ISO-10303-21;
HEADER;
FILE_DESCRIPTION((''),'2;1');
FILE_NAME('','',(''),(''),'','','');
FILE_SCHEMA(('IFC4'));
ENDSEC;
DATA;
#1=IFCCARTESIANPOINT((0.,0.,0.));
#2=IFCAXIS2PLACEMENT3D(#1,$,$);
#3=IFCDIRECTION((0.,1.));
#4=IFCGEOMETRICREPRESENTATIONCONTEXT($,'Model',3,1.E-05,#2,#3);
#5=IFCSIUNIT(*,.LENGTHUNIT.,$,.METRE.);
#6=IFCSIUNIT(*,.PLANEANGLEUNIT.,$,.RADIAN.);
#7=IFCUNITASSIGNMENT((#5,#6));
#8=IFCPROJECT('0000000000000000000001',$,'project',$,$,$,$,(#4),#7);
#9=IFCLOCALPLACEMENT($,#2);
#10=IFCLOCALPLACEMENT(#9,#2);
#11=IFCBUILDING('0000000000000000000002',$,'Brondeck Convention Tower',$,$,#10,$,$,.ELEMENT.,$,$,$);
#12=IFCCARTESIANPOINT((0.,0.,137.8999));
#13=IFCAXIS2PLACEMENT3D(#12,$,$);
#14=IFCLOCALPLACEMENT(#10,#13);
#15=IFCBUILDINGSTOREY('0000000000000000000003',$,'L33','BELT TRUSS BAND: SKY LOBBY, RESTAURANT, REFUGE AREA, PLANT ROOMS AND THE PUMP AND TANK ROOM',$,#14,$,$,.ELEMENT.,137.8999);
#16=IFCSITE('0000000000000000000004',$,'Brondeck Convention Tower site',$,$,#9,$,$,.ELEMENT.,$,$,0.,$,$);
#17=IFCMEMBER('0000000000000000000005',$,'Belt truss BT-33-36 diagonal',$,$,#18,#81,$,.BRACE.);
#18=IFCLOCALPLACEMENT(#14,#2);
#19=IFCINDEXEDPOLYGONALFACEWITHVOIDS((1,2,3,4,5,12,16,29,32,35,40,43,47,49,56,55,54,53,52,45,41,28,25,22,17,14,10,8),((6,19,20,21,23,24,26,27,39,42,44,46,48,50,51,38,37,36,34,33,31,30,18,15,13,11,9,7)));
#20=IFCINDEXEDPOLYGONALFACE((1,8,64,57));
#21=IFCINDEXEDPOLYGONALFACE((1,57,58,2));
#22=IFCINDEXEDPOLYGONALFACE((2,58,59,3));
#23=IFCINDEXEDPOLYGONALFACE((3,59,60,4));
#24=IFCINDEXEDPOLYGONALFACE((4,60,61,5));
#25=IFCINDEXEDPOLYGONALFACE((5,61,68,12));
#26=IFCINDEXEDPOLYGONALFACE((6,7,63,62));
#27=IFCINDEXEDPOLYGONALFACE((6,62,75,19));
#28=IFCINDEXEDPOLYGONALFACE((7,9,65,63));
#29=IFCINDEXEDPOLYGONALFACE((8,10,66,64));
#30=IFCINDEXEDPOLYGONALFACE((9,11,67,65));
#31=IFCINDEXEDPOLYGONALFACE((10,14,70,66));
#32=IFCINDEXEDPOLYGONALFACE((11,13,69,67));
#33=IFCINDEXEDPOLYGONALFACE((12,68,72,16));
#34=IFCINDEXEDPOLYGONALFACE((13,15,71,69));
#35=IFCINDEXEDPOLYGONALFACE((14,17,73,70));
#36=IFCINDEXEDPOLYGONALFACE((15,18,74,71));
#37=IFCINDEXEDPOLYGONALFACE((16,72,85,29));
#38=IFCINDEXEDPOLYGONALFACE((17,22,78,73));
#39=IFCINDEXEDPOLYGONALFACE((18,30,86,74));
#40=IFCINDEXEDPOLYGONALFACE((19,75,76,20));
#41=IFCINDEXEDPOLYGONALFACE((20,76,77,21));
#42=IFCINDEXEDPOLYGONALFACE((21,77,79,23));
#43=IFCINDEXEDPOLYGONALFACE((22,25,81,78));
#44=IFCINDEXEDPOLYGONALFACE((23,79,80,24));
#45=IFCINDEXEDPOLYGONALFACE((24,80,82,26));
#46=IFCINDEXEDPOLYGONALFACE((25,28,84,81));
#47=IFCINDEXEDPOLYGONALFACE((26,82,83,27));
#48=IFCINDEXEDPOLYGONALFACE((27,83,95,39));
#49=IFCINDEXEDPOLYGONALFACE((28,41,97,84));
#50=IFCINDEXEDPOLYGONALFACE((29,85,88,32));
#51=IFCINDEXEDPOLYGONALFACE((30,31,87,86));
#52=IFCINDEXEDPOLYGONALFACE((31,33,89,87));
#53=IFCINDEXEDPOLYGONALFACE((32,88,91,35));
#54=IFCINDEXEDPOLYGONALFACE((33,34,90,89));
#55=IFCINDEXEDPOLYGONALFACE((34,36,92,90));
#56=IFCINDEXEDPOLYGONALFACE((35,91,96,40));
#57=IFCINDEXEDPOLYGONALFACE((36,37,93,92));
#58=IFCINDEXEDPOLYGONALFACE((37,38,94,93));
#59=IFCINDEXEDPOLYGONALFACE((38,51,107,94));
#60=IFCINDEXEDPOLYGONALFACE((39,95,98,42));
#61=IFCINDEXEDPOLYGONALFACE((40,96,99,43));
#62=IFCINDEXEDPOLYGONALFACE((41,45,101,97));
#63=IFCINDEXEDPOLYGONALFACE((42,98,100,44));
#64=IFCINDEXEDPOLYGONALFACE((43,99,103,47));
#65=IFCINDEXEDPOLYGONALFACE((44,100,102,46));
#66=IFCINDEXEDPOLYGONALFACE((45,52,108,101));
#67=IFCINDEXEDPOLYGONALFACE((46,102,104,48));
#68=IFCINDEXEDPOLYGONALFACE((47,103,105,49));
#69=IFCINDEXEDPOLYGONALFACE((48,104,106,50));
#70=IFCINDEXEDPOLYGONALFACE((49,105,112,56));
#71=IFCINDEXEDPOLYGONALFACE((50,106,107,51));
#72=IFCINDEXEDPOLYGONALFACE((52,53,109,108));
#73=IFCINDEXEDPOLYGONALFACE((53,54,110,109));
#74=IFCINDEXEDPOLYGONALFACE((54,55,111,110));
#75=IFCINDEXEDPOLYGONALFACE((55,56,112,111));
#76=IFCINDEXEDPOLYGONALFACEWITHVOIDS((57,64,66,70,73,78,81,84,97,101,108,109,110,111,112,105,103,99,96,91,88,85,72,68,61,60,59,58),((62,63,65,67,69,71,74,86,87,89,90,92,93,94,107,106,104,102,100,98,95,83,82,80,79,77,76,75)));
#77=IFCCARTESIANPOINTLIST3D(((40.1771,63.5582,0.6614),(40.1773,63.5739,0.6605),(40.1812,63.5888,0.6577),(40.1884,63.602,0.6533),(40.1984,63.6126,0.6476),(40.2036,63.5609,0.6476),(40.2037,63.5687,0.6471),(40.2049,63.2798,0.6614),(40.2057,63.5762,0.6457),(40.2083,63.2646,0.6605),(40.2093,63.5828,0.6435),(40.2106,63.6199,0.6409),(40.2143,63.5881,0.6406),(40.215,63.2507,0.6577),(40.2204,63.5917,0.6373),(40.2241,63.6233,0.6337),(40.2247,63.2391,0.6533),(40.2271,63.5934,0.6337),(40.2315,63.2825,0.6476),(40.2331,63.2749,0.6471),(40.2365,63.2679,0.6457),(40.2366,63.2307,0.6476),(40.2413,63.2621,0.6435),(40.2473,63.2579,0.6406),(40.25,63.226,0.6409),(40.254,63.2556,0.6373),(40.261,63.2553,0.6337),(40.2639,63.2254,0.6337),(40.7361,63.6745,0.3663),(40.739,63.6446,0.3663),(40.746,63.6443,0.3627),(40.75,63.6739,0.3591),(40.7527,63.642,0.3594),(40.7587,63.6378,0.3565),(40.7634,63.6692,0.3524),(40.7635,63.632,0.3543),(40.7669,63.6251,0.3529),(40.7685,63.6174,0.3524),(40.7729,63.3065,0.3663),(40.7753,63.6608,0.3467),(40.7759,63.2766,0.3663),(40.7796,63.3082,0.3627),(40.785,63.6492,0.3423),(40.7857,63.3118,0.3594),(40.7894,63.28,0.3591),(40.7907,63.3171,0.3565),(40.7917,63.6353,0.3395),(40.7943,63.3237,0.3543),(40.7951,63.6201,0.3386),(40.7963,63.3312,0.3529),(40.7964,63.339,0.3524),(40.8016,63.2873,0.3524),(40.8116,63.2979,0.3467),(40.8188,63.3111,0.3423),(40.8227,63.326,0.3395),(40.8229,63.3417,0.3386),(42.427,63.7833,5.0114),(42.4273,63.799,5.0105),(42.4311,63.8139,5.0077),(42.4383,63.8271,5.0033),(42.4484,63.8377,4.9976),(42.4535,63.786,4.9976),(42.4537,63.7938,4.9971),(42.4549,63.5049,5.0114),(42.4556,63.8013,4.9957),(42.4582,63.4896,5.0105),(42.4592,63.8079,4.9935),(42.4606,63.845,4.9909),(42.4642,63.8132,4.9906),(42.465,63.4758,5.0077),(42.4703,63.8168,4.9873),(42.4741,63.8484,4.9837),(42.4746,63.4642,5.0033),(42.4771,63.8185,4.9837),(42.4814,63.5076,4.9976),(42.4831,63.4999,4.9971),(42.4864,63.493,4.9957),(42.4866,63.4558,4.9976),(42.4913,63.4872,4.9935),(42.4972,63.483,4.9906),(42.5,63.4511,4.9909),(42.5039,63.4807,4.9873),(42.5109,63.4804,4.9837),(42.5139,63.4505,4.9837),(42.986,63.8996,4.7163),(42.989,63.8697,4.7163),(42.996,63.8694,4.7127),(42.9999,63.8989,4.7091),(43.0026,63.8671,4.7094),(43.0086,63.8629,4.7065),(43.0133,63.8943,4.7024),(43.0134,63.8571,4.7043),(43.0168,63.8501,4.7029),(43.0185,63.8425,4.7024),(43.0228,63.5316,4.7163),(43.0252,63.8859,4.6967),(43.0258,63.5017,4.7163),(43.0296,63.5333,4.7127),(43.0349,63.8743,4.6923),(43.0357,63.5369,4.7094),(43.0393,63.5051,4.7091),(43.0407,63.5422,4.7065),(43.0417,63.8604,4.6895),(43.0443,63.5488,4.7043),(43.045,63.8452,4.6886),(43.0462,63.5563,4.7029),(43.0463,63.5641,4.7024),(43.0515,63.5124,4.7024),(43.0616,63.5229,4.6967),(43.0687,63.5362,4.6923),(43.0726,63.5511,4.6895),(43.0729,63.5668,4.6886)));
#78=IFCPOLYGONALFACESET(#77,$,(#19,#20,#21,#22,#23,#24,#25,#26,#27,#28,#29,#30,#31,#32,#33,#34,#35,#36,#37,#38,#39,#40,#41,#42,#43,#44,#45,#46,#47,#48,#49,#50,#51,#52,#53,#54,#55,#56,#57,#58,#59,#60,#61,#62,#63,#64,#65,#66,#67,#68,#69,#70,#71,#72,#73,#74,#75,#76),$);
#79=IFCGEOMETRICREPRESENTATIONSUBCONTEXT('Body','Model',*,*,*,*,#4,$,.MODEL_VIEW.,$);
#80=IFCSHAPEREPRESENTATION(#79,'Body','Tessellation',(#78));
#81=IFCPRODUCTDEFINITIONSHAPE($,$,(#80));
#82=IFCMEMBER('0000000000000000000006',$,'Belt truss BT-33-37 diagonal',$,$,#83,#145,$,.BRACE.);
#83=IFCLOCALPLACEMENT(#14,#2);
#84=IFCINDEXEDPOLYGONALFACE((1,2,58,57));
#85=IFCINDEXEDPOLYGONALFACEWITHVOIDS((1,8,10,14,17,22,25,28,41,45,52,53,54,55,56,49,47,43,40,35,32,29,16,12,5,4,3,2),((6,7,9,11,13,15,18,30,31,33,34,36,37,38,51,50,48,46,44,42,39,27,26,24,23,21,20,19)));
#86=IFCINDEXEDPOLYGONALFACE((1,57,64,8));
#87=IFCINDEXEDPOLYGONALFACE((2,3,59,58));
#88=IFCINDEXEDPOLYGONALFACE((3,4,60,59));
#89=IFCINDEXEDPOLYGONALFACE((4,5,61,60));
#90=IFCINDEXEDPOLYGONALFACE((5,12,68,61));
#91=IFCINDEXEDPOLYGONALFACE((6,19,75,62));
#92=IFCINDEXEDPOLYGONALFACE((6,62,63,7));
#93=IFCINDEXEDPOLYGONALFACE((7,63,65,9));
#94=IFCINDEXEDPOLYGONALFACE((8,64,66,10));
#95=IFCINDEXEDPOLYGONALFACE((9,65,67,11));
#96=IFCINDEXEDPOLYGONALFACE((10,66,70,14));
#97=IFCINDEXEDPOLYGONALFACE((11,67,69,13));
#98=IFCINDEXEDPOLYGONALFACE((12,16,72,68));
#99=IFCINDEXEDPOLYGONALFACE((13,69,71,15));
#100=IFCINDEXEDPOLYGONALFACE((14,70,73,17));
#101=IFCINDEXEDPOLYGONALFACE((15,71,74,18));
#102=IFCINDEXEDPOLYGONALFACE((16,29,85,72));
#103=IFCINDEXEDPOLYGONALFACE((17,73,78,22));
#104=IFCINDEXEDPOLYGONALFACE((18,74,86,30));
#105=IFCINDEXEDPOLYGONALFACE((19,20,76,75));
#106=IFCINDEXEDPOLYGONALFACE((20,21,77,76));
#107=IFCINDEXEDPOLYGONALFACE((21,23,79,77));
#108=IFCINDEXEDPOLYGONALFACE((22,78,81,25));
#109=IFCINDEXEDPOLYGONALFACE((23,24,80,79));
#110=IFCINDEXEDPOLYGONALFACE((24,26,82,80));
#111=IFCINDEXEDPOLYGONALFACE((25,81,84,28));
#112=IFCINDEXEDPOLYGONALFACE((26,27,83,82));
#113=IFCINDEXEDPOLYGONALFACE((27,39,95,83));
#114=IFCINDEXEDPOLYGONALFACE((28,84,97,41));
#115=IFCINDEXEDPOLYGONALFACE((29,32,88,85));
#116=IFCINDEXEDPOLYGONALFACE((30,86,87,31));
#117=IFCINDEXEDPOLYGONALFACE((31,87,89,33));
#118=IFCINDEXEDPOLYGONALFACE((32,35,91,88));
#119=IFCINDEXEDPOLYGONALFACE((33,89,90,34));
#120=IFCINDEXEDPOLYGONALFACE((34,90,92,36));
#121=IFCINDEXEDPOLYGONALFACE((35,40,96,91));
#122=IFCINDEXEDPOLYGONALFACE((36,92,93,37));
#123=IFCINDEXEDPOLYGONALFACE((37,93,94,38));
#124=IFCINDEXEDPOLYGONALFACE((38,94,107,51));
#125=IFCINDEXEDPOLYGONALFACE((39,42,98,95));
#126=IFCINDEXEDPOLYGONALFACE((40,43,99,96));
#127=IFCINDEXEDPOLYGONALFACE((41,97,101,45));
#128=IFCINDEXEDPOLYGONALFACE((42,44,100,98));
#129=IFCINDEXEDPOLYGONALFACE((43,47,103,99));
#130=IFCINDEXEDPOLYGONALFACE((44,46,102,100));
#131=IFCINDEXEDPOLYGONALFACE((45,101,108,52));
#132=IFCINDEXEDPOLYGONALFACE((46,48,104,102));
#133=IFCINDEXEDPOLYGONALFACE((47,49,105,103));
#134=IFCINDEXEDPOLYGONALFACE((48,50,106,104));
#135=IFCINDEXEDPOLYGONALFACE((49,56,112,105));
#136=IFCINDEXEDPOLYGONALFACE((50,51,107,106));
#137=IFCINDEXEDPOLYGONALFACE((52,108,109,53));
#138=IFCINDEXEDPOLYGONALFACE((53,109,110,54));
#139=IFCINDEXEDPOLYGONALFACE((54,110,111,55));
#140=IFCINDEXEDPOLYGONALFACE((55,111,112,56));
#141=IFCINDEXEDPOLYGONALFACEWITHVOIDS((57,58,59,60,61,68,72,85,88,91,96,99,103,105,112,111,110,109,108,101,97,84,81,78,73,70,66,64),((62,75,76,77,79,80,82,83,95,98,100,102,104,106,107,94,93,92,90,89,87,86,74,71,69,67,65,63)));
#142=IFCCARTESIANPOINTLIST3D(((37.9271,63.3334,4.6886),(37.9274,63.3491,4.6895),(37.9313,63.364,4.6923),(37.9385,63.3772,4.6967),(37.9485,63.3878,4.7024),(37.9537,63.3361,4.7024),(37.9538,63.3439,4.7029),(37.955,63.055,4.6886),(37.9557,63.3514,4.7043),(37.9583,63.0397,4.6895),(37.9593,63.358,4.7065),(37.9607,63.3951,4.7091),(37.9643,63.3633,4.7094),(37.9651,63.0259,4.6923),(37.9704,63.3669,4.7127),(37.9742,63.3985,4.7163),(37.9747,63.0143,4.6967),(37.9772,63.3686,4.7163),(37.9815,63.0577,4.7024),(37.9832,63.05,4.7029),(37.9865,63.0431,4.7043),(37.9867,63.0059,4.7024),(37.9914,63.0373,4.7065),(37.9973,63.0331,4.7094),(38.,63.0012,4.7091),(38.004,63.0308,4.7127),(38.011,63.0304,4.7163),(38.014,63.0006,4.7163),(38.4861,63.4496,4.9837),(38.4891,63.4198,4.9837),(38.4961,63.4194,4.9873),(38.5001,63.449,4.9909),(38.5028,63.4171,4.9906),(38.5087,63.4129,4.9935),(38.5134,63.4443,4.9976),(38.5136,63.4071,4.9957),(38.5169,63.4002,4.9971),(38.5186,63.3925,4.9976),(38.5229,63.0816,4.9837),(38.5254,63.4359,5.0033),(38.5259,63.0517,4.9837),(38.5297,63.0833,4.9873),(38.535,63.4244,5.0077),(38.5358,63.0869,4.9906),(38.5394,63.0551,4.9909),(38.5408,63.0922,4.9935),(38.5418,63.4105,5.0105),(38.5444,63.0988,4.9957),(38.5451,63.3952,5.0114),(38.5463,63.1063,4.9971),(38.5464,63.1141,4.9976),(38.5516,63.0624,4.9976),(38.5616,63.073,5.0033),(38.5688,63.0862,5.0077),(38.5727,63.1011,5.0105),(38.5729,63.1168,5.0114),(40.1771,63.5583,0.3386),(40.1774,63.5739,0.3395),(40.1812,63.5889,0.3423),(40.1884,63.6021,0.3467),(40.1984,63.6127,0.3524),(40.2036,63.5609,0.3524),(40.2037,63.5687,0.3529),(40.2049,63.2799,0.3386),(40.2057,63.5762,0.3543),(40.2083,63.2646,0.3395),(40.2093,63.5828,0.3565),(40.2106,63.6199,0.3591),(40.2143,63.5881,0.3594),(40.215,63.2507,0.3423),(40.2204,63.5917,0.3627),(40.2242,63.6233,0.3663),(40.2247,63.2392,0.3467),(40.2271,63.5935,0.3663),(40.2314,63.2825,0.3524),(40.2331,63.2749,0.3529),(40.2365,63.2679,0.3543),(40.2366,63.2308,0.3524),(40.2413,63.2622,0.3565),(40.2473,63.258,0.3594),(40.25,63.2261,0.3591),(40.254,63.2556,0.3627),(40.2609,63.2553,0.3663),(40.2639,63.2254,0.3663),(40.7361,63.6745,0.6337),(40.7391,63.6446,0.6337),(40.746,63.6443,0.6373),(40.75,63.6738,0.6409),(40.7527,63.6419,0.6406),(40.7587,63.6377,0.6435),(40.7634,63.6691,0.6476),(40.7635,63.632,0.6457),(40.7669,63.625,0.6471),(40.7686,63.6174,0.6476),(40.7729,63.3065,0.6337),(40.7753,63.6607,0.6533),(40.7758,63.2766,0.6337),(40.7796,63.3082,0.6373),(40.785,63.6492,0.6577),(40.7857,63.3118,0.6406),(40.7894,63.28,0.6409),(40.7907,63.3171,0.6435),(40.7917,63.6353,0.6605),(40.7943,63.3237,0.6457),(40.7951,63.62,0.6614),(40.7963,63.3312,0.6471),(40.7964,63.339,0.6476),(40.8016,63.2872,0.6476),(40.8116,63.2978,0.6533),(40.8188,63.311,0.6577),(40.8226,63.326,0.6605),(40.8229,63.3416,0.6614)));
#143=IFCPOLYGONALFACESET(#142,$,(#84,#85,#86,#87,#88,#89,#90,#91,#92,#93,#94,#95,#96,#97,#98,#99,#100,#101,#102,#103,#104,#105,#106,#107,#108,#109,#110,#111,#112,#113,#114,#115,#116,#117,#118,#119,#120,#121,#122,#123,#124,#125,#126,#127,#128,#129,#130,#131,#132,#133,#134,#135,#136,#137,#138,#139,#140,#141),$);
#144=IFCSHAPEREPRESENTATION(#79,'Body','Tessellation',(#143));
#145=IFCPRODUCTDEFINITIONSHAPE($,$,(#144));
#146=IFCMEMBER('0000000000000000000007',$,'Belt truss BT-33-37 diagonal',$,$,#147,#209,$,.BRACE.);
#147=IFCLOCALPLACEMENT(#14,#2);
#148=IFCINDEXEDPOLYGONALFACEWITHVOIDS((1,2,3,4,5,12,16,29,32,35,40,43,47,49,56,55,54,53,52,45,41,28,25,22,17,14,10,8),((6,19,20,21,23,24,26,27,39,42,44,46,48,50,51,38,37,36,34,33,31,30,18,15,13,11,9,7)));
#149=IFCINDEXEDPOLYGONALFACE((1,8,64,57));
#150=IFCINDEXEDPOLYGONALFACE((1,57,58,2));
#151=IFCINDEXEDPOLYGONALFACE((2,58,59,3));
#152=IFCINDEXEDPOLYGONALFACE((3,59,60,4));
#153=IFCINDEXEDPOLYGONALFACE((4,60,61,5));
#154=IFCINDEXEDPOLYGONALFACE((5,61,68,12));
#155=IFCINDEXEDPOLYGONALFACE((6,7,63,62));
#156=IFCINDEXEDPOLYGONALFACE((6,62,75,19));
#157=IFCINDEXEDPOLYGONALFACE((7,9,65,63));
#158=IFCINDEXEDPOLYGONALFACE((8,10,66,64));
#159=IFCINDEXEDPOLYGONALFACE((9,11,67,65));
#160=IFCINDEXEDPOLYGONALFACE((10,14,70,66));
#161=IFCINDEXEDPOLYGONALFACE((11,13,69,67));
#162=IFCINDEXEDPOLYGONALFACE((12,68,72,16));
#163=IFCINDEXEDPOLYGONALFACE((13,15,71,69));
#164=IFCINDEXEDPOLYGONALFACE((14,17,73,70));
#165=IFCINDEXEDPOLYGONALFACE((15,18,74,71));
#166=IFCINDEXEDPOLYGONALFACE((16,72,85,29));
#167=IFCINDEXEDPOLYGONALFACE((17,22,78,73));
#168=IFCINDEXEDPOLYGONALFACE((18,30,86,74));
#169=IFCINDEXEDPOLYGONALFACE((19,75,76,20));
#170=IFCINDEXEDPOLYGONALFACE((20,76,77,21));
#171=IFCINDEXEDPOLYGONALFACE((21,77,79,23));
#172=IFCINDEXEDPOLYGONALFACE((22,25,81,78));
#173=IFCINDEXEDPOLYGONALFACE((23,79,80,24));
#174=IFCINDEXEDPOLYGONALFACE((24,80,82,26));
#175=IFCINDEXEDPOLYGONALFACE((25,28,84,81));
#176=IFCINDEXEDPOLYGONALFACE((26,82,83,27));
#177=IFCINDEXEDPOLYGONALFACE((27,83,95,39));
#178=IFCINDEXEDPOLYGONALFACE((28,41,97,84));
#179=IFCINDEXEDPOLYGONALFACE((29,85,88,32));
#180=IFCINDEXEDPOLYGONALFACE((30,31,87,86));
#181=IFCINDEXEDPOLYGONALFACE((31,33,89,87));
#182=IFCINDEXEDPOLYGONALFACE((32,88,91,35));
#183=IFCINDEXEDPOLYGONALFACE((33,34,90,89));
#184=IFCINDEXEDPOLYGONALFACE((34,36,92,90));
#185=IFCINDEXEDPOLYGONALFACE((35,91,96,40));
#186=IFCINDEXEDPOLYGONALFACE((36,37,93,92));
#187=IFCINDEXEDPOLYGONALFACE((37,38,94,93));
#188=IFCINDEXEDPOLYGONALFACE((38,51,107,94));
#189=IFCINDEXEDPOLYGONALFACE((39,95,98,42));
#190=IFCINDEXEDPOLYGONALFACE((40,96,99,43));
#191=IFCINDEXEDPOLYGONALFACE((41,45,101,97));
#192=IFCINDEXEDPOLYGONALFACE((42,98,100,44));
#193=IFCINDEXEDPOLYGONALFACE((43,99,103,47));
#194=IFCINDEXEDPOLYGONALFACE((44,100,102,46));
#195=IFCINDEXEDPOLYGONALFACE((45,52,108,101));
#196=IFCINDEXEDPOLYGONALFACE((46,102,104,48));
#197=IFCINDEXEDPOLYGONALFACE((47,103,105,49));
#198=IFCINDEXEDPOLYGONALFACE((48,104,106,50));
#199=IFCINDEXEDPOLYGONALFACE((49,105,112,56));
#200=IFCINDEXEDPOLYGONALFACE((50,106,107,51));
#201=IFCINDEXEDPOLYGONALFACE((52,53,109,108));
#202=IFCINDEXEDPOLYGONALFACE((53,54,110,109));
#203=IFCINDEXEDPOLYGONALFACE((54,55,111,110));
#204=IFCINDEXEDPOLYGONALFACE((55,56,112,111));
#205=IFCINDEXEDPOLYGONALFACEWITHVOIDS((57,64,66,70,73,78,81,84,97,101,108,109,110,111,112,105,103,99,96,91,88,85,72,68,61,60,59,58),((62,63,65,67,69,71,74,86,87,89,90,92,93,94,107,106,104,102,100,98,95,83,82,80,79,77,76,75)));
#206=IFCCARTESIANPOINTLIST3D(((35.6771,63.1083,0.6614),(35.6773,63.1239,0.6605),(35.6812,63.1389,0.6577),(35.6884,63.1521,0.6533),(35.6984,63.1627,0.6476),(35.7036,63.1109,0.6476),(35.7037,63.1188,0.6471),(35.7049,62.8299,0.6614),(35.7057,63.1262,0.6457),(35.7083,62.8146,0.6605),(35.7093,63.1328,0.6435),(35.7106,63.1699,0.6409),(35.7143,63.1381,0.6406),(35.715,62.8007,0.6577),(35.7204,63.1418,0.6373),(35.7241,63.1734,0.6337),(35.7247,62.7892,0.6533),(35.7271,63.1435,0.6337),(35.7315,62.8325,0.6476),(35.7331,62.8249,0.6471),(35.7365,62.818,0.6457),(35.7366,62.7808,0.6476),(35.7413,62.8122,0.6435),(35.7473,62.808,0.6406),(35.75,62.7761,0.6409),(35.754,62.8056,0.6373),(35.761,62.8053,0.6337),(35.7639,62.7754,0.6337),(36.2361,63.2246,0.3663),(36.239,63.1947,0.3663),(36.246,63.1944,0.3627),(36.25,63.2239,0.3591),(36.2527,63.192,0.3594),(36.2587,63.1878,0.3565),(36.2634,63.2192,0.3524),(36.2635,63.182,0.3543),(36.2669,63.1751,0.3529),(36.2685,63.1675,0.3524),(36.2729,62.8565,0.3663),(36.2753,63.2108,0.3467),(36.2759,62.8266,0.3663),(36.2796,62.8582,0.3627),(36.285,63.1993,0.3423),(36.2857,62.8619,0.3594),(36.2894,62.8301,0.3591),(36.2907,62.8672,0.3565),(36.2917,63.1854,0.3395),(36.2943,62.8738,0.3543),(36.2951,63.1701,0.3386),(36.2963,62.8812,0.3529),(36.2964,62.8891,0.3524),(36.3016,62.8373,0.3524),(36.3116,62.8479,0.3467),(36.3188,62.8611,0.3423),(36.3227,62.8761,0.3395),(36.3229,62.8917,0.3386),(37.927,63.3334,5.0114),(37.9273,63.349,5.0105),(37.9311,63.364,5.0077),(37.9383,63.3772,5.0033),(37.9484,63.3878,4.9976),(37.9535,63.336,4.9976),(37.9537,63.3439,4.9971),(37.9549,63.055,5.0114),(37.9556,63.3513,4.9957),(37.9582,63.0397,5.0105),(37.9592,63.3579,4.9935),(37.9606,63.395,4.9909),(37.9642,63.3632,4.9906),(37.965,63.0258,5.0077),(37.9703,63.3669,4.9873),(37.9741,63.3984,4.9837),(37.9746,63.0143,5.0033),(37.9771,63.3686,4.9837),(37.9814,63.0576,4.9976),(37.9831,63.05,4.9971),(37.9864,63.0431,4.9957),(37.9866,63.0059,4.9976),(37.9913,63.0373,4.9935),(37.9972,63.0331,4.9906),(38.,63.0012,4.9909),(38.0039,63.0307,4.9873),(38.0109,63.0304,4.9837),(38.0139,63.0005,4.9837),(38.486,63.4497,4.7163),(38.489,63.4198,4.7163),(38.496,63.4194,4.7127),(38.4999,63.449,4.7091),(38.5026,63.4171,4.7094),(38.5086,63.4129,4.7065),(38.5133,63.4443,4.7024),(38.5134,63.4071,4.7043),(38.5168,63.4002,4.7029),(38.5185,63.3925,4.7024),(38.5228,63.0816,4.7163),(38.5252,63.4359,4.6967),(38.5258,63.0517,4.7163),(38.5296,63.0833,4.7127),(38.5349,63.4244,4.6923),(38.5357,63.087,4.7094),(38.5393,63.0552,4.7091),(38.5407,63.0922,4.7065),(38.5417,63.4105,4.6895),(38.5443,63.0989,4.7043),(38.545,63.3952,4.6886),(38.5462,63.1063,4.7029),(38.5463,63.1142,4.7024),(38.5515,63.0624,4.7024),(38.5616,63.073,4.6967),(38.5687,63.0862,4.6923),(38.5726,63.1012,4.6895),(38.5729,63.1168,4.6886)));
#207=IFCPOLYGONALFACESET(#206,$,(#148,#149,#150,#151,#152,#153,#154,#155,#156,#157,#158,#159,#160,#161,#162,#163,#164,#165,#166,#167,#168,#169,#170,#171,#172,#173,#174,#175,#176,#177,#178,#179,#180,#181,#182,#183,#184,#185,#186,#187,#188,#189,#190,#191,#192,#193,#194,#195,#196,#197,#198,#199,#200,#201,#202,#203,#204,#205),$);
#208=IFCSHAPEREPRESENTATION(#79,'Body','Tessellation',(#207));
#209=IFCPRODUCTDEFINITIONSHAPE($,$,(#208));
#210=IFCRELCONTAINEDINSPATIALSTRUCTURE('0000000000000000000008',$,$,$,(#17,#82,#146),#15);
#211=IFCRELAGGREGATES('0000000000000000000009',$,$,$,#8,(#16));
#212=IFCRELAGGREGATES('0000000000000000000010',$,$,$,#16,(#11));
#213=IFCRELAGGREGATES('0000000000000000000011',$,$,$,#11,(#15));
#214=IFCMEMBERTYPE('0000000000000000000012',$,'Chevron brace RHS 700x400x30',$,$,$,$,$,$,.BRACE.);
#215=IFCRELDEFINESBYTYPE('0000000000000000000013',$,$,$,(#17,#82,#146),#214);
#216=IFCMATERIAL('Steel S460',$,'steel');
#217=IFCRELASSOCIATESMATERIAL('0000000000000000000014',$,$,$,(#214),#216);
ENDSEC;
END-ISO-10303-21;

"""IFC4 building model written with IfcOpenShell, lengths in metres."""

from ifc_helpers import new_model, si_unit, direction, frame, origin, origin_2d, place, context, subcontext, project, spatial, hollow_rectangle, extrude, material, material_profile, profile_set, type_object, element, save


model = new_model("IFC4")

# Units and contexts
model_context = context("Model", 3, precision=1e-05, world=origin(), true_north=direction((0.0, 1.0)))
body_context = subcontext(model_context, "Body", "Model", "MODEL_VIEW")
ifc_project = project(units=[si_unit("LENGTHUNIT", "METRE"), si_unit("PLANEANGLEUNIT", "RADIAN")], contexts=[model_context])

# Site, building, storey
site_placement = place(None, origin())
site = spatial("IfcSite", under=ifc_project, at=site_placement, Name="Brondeck Convention Tower site", CompositionType="ELEMENT", RefElevation=0.0)
building_placement = place(site_placement, origin())
building = spatial("IfcBuilding", under=site, at=building_placement, Name="Brondeck Convention Tower", CompositionType="ELEMENT")
storey_placement = place(building_placement, frame((0.0, 0.0, 137.8999)))
storey = spatial("IfcBuildingStorey", under=building, at=storey_placement, Name="L33", Description="BELT TRUSS BAND: SKY LOBBY, RESTAURANT, REFUGE AREA, PLANT ROOMS AND THE PUMP AND TANK ROOM", CompositionType="ELEMENT", Elevation=137.8999)

# Members
ifc_material_1 = material(Name="Steel S460", Category="steel")
ifc_material_profile_1 = material_profile(ifc_material_1, hollow_rectangle(XDim=0.3999, YDim=0.7, WallThickness=0.03, InnerFilletRadius=0.03, OuterFilletRadius=0.0601, at=origin_2d()), Name="RHS 700x400x30")
ifc_profile_set_1 = profile_set([ifc_material_profile_1], Name="Steel S460")
member_type_1 = type_object("IfcMemberType", Name="Chevron brace RHS 700x400x30", PredefinedType="BRACE", material=ifc_profile_set_1)
for number, where, z_axis, x_axis, name in (
    (1, (40.5, 63.45, 0.5), (0.45893, 0.045913, 0.887285), (-0.099546, 0.995033, 0.0), "Belt truss BT-33-36 diagonal"),
    (2, (40.5, 63.45, 0.5), (-0.458931, -0.045863, 0.887287), (0.09944, -0.995044, 0.0), "Belt truss BT-33-37 diagonal"),
    (3, (36.0, 63.0, 0.5), (0.45893, 0.045913, 0.887285), (-0.099546, 0.995033, 0.0), "Belt truss BT-33-37 diagonal"),
):
    element("IfcMember", number, at=place(storey_placement, frame(where, z_axis=z_axis, x_axis=x_axis)), inside=storey, type_object=member_type_1, Name=name, PredefinedType="BRACE", context=body_context, shape_type="SweptSolid", body=[
        extrude(hollow_rectangle(XDim=0.3999, YDim=0.7, WallThickness=0.03, InnerFilletRadius=0.03, OuterFilletRadius=0.0601, at=origin_2d()), origin(), (0.0, 0.0, 1.0), 4.9026),
    ])

save(model, "model.ifc")
